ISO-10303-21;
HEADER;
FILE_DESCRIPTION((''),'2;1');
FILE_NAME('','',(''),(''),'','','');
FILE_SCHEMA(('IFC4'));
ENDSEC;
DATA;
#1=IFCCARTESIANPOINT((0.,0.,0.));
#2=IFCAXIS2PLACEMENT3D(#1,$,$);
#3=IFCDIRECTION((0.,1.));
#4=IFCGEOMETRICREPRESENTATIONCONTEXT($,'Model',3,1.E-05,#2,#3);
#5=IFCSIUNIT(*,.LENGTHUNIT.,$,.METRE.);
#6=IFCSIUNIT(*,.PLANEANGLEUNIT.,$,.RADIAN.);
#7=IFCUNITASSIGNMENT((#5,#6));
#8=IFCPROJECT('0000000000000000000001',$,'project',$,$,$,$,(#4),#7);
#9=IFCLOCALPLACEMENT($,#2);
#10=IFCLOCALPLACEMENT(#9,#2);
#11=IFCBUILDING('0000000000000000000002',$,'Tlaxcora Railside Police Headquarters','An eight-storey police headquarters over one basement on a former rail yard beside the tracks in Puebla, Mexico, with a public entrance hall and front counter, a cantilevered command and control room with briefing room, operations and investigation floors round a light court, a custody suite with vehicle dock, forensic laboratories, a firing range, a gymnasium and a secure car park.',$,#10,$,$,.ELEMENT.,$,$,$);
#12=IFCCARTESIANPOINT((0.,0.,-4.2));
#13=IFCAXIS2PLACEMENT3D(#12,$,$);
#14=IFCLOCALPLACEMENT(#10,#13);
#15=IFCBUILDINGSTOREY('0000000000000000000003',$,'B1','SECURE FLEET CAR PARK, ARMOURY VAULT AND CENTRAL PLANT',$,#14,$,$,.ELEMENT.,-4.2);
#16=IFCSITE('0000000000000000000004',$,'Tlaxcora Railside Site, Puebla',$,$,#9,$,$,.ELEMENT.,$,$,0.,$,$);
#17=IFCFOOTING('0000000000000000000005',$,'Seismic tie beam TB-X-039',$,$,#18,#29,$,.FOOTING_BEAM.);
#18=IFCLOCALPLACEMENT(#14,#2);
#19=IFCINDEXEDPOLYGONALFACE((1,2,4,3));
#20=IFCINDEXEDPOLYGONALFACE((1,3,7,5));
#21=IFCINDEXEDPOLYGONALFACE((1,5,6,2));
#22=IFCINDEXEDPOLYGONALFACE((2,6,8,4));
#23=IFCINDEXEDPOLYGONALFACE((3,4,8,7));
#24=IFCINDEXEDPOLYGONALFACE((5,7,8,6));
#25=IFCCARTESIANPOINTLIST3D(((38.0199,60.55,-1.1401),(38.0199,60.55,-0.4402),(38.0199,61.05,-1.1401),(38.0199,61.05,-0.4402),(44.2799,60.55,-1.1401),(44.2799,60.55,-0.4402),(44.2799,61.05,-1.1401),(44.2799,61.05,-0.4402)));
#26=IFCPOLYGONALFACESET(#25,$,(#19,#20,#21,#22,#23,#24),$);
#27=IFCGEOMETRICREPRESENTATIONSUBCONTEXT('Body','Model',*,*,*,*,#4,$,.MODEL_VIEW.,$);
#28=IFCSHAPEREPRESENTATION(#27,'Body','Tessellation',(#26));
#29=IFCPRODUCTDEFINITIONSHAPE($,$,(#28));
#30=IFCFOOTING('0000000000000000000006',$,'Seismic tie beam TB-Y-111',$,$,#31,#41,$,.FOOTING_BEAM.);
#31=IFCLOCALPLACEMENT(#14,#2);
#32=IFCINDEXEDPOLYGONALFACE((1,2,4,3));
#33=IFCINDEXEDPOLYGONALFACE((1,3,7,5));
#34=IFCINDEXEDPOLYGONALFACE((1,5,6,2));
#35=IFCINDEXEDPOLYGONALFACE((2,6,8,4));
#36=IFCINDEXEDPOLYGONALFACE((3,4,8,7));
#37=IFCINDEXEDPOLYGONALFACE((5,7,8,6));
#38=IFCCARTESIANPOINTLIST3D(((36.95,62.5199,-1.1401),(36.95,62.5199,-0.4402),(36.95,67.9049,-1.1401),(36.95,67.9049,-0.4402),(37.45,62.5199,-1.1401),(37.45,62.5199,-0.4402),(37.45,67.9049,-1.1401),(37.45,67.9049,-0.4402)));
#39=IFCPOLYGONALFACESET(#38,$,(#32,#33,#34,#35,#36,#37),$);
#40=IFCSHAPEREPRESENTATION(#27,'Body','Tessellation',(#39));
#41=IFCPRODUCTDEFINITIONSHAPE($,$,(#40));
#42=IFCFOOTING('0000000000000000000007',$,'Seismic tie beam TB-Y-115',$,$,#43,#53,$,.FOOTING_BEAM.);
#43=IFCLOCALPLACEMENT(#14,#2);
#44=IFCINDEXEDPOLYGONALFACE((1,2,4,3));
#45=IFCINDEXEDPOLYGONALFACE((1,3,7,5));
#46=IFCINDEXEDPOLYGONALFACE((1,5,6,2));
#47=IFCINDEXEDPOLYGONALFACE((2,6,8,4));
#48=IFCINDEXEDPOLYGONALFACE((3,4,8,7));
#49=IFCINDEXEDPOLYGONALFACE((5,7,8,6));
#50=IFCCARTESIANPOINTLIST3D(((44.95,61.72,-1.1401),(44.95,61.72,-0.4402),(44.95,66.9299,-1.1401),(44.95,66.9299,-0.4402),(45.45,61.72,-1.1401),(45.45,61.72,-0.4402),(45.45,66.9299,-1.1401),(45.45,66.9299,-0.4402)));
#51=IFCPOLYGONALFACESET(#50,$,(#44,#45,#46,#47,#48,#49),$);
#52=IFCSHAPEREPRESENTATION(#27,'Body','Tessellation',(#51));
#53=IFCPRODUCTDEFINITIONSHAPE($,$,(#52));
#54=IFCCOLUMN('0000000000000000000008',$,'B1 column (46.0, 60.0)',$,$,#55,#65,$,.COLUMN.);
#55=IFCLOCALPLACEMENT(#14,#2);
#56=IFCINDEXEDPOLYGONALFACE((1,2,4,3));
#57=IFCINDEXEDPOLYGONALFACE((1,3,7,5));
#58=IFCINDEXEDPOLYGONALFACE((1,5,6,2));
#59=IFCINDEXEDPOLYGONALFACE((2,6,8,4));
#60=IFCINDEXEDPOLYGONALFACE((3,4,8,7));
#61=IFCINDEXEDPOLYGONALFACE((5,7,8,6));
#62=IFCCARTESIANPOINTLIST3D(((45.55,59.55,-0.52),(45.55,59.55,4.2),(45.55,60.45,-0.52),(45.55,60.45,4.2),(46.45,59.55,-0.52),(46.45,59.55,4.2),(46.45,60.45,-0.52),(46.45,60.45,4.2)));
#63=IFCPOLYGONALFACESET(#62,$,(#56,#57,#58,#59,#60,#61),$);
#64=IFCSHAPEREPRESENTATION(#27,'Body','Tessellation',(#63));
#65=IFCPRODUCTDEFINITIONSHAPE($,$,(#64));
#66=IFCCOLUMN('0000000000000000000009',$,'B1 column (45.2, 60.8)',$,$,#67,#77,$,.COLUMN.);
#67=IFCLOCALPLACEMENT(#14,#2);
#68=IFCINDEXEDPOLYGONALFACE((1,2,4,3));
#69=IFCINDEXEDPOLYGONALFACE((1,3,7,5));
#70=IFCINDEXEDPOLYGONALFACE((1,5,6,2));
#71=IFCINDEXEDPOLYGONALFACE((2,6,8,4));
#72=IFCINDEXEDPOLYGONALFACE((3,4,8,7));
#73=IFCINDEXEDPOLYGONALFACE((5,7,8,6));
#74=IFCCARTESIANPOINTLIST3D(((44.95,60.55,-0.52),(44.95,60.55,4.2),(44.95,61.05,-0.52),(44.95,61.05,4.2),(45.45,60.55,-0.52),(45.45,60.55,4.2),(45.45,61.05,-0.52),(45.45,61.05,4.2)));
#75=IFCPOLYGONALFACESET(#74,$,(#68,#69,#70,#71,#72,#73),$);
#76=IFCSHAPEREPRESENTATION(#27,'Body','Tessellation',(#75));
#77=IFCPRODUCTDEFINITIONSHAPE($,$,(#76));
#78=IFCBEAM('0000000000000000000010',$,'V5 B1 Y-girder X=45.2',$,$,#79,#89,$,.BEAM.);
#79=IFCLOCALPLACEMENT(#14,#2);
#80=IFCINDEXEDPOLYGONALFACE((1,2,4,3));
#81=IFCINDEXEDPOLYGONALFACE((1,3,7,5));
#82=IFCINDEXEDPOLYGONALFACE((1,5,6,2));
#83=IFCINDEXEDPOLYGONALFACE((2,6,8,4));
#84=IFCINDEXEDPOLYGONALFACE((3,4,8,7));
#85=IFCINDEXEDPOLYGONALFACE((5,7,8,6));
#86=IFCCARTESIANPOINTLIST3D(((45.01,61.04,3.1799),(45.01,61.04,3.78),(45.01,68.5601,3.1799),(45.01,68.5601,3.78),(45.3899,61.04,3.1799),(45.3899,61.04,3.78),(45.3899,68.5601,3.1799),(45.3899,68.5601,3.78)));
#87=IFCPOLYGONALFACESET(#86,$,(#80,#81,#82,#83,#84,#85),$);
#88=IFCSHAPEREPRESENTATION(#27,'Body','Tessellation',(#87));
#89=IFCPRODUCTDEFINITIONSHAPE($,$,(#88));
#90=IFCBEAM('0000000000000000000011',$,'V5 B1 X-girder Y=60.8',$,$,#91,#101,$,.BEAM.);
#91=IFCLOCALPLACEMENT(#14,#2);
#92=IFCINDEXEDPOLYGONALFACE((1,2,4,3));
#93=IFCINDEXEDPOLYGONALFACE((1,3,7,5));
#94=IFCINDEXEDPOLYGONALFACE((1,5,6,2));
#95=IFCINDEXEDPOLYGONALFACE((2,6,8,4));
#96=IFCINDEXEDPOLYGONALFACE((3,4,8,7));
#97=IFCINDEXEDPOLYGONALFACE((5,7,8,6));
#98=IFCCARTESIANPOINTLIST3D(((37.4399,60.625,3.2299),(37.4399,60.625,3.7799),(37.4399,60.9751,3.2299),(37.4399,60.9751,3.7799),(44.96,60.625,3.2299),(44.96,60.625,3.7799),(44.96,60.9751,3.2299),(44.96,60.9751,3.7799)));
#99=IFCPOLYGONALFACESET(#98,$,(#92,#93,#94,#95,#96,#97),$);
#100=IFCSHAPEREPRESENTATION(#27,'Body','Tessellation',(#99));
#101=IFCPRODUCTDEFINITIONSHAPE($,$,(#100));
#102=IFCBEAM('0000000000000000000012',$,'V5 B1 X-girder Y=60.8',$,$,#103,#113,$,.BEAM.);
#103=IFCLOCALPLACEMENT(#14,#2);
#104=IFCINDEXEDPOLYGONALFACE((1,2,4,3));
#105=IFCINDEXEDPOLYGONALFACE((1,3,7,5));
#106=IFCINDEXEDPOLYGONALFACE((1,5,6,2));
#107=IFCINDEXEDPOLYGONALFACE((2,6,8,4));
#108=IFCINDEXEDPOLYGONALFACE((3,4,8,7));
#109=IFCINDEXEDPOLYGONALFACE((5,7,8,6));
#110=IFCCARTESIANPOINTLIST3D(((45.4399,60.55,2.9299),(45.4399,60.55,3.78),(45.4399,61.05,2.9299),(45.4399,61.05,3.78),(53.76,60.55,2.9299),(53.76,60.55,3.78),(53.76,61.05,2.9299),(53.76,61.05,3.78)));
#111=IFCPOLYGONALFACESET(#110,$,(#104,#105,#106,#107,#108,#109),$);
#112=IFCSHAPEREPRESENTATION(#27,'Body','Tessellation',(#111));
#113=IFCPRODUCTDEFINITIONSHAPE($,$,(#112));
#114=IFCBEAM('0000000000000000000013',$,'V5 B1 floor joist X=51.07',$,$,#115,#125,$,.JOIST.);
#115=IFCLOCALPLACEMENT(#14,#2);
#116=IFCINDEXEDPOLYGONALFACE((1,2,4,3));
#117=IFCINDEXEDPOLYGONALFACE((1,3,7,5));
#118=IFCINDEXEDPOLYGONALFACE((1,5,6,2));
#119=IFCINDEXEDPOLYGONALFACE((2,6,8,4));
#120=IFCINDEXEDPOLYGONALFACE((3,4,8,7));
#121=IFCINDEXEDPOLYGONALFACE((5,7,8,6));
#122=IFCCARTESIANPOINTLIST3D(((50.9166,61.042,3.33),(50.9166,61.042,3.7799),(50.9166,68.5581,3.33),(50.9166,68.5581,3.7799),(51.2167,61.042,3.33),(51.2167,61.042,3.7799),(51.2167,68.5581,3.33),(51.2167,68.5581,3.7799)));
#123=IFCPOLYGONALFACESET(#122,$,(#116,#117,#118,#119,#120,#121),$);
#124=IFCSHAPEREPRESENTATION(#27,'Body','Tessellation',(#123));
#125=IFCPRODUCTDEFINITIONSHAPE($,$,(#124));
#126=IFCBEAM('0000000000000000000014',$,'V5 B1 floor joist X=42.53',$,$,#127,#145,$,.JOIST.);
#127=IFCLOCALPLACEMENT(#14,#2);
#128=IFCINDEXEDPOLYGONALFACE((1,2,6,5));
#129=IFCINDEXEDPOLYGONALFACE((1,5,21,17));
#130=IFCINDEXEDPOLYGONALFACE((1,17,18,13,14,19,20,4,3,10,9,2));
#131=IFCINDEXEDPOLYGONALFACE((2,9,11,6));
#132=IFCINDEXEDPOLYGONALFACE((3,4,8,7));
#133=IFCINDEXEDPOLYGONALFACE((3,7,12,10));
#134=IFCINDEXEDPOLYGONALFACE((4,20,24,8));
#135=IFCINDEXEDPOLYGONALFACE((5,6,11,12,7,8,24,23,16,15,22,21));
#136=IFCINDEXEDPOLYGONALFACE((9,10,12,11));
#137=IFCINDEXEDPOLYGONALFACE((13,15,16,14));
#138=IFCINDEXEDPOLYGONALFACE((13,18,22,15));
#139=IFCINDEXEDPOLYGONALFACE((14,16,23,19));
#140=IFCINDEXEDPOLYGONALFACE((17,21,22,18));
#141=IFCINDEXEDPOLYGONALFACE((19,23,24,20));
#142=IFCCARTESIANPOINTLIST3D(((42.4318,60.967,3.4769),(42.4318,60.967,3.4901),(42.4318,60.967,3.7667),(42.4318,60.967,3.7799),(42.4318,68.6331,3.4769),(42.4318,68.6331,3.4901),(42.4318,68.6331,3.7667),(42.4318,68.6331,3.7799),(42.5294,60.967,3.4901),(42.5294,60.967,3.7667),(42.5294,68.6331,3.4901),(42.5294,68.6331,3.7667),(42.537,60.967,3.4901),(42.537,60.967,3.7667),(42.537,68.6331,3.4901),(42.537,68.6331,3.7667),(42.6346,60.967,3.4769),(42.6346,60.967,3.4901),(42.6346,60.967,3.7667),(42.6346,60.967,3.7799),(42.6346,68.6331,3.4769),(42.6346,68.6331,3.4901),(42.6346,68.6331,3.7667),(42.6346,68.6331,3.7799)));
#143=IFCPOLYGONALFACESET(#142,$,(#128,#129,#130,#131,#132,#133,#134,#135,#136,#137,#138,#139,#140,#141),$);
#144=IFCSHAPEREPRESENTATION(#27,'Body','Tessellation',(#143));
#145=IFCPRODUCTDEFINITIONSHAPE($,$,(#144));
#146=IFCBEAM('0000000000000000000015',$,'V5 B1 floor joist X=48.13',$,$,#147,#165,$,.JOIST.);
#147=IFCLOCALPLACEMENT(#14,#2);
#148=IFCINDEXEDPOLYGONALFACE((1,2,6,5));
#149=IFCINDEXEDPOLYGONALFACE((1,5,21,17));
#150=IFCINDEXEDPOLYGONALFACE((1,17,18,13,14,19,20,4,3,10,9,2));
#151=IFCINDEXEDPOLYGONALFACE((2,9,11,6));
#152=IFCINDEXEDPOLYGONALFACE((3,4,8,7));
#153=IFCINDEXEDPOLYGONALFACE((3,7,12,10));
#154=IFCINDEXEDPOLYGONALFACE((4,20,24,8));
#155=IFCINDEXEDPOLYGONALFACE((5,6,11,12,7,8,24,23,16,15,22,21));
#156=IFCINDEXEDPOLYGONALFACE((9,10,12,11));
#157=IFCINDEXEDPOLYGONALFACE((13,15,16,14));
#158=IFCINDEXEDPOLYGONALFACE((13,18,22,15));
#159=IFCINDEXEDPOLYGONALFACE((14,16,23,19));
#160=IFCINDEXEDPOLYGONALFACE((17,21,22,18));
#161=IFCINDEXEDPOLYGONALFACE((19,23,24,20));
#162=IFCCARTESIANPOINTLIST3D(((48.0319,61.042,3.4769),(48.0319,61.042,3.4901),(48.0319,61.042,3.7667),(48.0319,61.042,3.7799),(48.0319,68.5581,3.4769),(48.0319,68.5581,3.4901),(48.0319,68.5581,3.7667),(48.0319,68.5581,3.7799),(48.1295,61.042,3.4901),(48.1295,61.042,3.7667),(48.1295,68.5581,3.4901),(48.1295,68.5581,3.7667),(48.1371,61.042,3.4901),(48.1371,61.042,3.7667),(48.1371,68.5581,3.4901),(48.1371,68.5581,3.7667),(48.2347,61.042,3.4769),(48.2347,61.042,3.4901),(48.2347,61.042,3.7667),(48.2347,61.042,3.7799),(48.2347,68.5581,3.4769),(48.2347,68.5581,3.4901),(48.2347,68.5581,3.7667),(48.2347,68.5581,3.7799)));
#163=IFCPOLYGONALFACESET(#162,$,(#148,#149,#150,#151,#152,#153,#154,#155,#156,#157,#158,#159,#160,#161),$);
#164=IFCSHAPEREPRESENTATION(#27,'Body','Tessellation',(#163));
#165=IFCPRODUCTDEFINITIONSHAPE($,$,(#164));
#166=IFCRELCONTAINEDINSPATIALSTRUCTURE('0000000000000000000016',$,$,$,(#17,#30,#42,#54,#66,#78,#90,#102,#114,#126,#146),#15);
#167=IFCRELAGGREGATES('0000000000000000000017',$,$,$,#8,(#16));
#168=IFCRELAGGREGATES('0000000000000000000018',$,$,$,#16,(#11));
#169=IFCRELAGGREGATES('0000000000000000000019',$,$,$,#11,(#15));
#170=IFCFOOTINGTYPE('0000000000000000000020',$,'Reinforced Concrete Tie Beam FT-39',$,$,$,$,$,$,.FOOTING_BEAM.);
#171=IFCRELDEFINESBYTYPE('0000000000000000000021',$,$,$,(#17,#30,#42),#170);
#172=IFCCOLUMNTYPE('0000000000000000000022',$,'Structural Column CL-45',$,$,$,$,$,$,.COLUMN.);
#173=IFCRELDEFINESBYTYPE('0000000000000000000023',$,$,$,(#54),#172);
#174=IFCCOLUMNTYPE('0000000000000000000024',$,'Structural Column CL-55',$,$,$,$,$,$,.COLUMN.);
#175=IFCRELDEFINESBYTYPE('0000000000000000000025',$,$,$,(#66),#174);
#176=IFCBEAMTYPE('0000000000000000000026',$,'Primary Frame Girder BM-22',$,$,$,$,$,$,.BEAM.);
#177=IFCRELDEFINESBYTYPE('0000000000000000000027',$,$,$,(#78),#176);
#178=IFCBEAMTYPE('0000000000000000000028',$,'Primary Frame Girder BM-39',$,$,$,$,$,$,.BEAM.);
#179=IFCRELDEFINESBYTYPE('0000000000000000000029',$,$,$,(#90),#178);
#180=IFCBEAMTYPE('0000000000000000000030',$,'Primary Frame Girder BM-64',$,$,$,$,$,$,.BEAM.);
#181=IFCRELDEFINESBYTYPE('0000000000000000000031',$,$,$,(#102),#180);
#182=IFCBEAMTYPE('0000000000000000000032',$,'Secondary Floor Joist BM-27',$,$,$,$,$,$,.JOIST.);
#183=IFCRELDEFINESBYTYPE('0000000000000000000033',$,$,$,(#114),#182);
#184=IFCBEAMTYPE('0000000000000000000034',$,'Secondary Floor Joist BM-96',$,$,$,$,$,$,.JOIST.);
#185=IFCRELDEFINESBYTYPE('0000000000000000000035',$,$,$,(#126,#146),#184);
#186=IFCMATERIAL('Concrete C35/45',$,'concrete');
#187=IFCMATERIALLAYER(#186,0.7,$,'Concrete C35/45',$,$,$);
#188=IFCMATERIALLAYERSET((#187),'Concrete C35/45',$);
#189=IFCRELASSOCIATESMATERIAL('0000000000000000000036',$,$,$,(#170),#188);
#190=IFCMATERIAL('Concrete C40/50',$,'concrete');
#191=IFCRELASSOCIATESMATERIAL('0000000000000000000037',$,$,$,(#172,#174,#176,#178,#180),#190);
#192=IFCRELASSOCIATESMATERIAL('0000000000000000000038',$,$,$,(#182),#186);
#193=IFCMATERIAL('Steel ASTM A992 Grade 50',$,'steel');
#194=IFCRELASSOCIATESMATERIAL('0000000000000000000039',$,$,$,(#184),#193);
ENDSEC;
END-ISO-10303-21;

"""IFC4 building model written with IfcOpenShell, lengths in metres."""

from ifc_helpers import new_model, si_unit, direction, frame, origin, origin_2d, place, context, subcontext, project, spatial, rectangle, i_section, extrude, material, layer, layer_set, material_profile, profile_set, type_object, element, save


model = new_model("IFC4")

# Units and contexts
model_context = context("Model", 3, precision=1e-05, world=origin(), true_north=direction((0.0, 1.0)))
body_context = subcontext(model_context, "Body", "Model", "MODEL_VIEW")
ifc_project = project(units=[si_unit("LENGTHUNIT", "METRE"), si_unit("PLANEANGLEUNIT", "RADIAN")], contexts=[model_context])

# Site, building, storey
site_placement = place(None, origin())
site = spatial("IfcSite", under=ifc_project, at=site_placement, Name="Tlaxcora Railside Site, Puebla", CompositionType="ELEMENT", RefElevation=0.0)
building_placement = place(site_placement, origin())
building = spatial("IfcBuilding", under=site, at=building_placement, Name="Tlaxcora Railside Police Headquarters", Description="An eight-storey police headquarters over one basement on a former rail yard beside the tracks in Puebla, Mexico, with a public entrance hall and front counter, a cantilevered command and control room with briefing room, operations and investigation floors round a light court, a custody suite with vehicle dock, forensic laboratories, a firing range, a gymnasium and a secure car park.", CompositionType="ELEMENT")
storey_placement = place(building_placement, frame((0.0, 0.0, -4.2)))
storey = spatial("IfcBuildingStorey", under=building, at=storey_placement, Name="B1", Description="SECURE FLEET CAR PARK, ARMOURY VAULT AND CENTRAL PLANT", CompositionType="ELEMENT", Elevation=-4.2)

# Shared definitions
ifc_material_1 = material(Name="Concrete C35/45", Category="concrete")

# Footings
ifc_material_2 = material(Name="Concrete C40/50", Category="concrete")
ifc_layer_1 = layer(ifc_material_1, 0.7, Name="Concrete C35/45")
ifc_layer_set_1 = layer_set([ifc_layer_1], Name="Concrete C35/45")
footing_type_1 = type_object("IfcFootingType", Name="Reinforced Concrete Tie Beam FT-39", PredefinedType="FOOTING_BEAM", material=ifc_layer_set_1)
footing_1_placement = place(storey_placement, frame((41.1499, 60.8, -1.1401), z_axis=(0.0, 0.0, 1.0), x_axis=(1.0, 0.0, 0.0)))
element("IfcFooting", 1, at=footing_1_placement, inside=storey, type_object=footing_type_1, Name="Seismic tie beam TB-X-039", PredefinedType="FOOTING_BEAM", context=body_context, shape_type="SweptSolid", body=[
    extrude(rectangle(XDim=6.26, YDim=0.5, at=origin_2d()), origin(), (0.0, 0.0, 1.0), 0.7),
])
footing_2_placement = place(storey_placement, frame((37.2, 65.2124, -1.1401), z_axis=(0.0, 0.0, 1.0), x_axis=(0.0, 1.0, 0.0)))
element("IfcFooting", 2, at=footing_2_placement, inside=storey, type_object=footing_type_1, Name="Seismic tie beam TB-Y-111", PredefinedType="FOOTING_BEAM", context=body_context, shape_type="SweptSolid", body=[
    extrude(rectangle(XDim=5.385, YDim=0.5, at=origin_2d()), origin(), (0.0, 0.0, 1.0), 0.7),
])
footing_3_placement = place(storey_placement, frame((45.2, 64.325, -1.1401), z_axis=(0.0, 0.0, 1.0), x_axis=(0.0, 1.0, 0.0)))
element("IfcFooting", 3, at=footing_3_placement, inside=storey, type_object=footing_type_1, Name="Seismic tie beam TB-Y-115", PredefinedType="FOOTING_BEAM", context=body_context, shape_type="SweptSolid", body=[
    extrude(rectangle(XDim=5.21, YDim=0.5, at=origin_2d()), origin(), (0.0, 0.0, 1.0), 0.7),
])

# Columns
ifc_material_profile_1 = material_profile(ifc_material_2, rectangle(XDim=0.8999, YDim=0.8999, at=origin_2d()), Name="RC900X900")
ifc_profile_set_1 = profile_set([ifc_material_profile_1], Name="Concrete C40/50")
column_type_1 = type_object("IfcColumnType", Name="Structural Column CL-45", PredefinedType="COLUMN", material=ifc_profile_set_1)
column_1_placement = place(storey_placement, frame((46.0, 60.0, -0.52), z_axis=(0.0, 0.0, 1.0), x_axis=(1.0, 0.0, 0.0)))
element("IfcColumn", 4, at=column_1_placement, inside=storey, type_object=column_type_1, Name="B1 column (46.0, 60.0)", PredefinedType="COLUMN", context=body_context, shape_type="SweptSolid", body=[
    extrude(rectangle(XDim=0.8999, YDim=0.8999, at=origin_2d()), origin(), (0.0, 0.0, 1.0), 4.72),
])
ifc_material_profile_2 = material_profile(ifc_material_2, rectangle(XDim=0.5, YDim=0.5, at=origin_2d()), Name="RC500X500")
ifc_profile_set_2 = profile_set([ifc_material_profile_2], Name="Concrete C40/50")
column_type_2 = type_object("IfcColumnType", Name="Structural Column CL-55", PredefinedType="COLUMN", material=ifc_profile_set_2)
column_2_placement = place(storey_placement, frame((45.2, 60.8, -0.52), z_axis=(0.0, 0.0, 1.0), x_axis=(1.0, 0.0, 0.0)))
element("IfcColumn", 5, at=column_2_placement, inside=storey, type_object=column_type_2, Name="B1 column (45.2, 60.8)", PredefinedType="COLUMN", context=body_context, shape_type="SweptSolid", body=[
    extrude(rectangle(XDim=0.5, YDim=0.5, at=origin_2d()), origin(), (0.0, 0.0, 1.0), 4.72),
])

# Beams
ifc_material_profile_3 = material_profile(ifc_material_2, rectangle(XDim=0.3799, YDim=0.6001, at=origin_2d()), Name="RC380X600")
ifc_profile_set_3 = profile_set([ifc_material_profile_3], Name="Concrete C40/50")
beam_type_1 = type_object("IfcBeamType", Name="Primary Frame Girder BM-22", PredefinedType="BEAM", material=ifc_profile_set_3)
beam_1_placement = place(storey_placement, frame((45.2, 61.04, 3.48), z_axis=(0.0, 1.0, 0.0), x_axis=(-1.0, 0.0, 0.0)))
element("IfcBeam", 6, at=beam_1_placement, inside=storey, type_object=beam_type_1, Name="V5 B1 Y-girder X=45.2", PredefinedType="BEAM", context=body_context, shape_type="SweptSolid", body=[
    extrude(rectangle(XDim=0.3799, YDim=0.6001, at=origin_2d()), origin(), (0.0, 0.0, 1.0), 7.52),
])
ifc_material_profile_4 = material_profile(ifc_material_2, rectangle(XDim=0.3501, YDim=0.55, at=origin_2d()), Name="RC350X550")
ifc_profile_set_4 = profile_set([ifc_material_profile_4], Name="Concrete C40/50")
beam_type_2 = type_object("IfcBeamType", Name="Primary Frame Girder BM-39", PredefinedType="BEAM", material=ifc_profile_set_4)
beam_2_placement = place(storey_placement, frame((37.4399, 60.8, 3.5049), z_axis=(1.0, 0.0, 0.0), x_axis=(0.0, 1.0, 0.0)))
element("IfcBeam", 7, at=beam_2_placement, inside=storey, type_object=beam_type_2, Name="V5 B1 X-girder Y=60.8", PredefinedType="BEAM", context=body_context, shape_type="SweptSolid", body=[
    extrude(rectangle(XDim=0.3501, YDim=0.55, at=origin_2d()), origin(), (0.0, 0.0, 1.0), 7.52),
])
ifc_material_profile_5 = material_profile(ifc_material_2, rectangle(XDim=0.5, YDim=0.8501, at=origin_2d()), Name="RC500X850")
ifc_profile_set_5 = profile_set([ifc_material_profile_5], Name="Concrete C40/50")
beam_type_3 = type_object("IfcBeamType", Name="Primary Frame Girder BM-64", PredefinedType="BEAM", material=ifc_profile_set_5)
beam_3_placement = place(storey_placement, frame((45.4399, 60.8, 3.355), z_axis=(1.0, 0.0, 0.0), x_axis=(0.0, 1.0, 0.0)))
element("IfcBeam", 8, at=beam_3_placement, inside=storey, type_object=beam_type_3, Name="V5 B1 X-girder Y=60.8", PredefinedType="BEAM", context=body_context, shape_type="SweptSolid", body=[
    extrude(rectangle(XDim=0.5, YDim=0.8501, at=origin_2d()), origin(), (0.0, 0.0, 1.0), 8.3201),
])
ifc_material_profile_6 = material_profile(ifc_material_1, rectangle(XDim=0.3, YDim=0.45, at=origin_2d()), Name="RC300X450")
ifc_profile_set_6 = profile_set([ifc_material_profile_6], Name="Concrete C35/45")
beam_type_4 = type_object("IfcBeamType", Name="Secondary Floor Joist BM-27", PredefinedType="JOIST", material=ifc_profile_set_6)
beam_4_placement = place(storey_placement, frame((51.0667, 61.042, 3.5549), z_axis=(0.0, 1.0, 0.0), x_axis=(-1.0, 0.0, 0.0)))
element("IfcBeam", 9, at=beam_4_placement, inside=storey, type_object=beam_type_4, Name="V5 B1 floor joist X=51.07", PredefinedType="JOIST", context=body_context, shape_type="SweptSolid", body=[
    extrude(rectangle(XDim=0.3, YDim=0.45, at=origin_2d()), origin(), (0.0, 0.0, 1.0), 7.5161),
])
ifc_material_3 = material(Name="Steel ASTM A992 Grade 50", Category="steel")
ifc_material_profile_7 = material_profile(ifc_material_3, i_section(OverallWidth=0.2029, OverallDepth=0.303, WebThickness=0.0076, FlangeThickness=0.0132, at=origin_2d()), Name="W12X40")
ifc_profile_set_7 = profile_set([ifc_material_profile_7], Name="Steel ASTM A992 Grade 50")
beam_type_5 = type_object("IfcBeamType", Name="Secondary Floor Joist BM-96", PredefinedType="JOIST", material=ifc_profile_set_7)
beam_5_placement = place(storey_placement, frame((42.5332, 60.967, 3.6284), z_axis=(0.0, 1.0, 0.0), x_axis=(-1.0, 0.0, 0.0)))
element("IfcBeam", 10, at=beam_5_placement, inside=storey, type_object=beam_type_5, Name="V5 B1 floor joist X=42.53", PredefinedType="JOIST", context=body_context, shape_type="SweptSolid", body=[
    extrude(i_section(OverallWidth=0.2029, OverallDepth=0.303, WebThickness=0.0076, FlangeThickness=0.0132, at=origin_2d()), origin(), (0.0, 0.0, 1.0), 7.666),
])
beam_6_placement = place(storey_placement, frame((48.1333, 61.042, 3.6284), z_axis=(0.0, 1.0, 0.0), x_axis=(-1.0, 0.0, 0.0)))
element("IfcBeam", 11, at=beam_6_placement, inside=storey, type_object=beam_type_5, Name="V5 B1 floor joist X=48.13", PredefinedType="JOIST", context=body_context, shape_type="SweptSolid", body=[
    extrude(i_section(OverallWidth=0.2029, OverallDepth=0.303, WebThickness=0.0076, FlangeThickness=0.0132, at=origin_2d()), origin(), (0.0, 0.0, 1.0), 7.5161),
])

save(model, "model.ifc")
